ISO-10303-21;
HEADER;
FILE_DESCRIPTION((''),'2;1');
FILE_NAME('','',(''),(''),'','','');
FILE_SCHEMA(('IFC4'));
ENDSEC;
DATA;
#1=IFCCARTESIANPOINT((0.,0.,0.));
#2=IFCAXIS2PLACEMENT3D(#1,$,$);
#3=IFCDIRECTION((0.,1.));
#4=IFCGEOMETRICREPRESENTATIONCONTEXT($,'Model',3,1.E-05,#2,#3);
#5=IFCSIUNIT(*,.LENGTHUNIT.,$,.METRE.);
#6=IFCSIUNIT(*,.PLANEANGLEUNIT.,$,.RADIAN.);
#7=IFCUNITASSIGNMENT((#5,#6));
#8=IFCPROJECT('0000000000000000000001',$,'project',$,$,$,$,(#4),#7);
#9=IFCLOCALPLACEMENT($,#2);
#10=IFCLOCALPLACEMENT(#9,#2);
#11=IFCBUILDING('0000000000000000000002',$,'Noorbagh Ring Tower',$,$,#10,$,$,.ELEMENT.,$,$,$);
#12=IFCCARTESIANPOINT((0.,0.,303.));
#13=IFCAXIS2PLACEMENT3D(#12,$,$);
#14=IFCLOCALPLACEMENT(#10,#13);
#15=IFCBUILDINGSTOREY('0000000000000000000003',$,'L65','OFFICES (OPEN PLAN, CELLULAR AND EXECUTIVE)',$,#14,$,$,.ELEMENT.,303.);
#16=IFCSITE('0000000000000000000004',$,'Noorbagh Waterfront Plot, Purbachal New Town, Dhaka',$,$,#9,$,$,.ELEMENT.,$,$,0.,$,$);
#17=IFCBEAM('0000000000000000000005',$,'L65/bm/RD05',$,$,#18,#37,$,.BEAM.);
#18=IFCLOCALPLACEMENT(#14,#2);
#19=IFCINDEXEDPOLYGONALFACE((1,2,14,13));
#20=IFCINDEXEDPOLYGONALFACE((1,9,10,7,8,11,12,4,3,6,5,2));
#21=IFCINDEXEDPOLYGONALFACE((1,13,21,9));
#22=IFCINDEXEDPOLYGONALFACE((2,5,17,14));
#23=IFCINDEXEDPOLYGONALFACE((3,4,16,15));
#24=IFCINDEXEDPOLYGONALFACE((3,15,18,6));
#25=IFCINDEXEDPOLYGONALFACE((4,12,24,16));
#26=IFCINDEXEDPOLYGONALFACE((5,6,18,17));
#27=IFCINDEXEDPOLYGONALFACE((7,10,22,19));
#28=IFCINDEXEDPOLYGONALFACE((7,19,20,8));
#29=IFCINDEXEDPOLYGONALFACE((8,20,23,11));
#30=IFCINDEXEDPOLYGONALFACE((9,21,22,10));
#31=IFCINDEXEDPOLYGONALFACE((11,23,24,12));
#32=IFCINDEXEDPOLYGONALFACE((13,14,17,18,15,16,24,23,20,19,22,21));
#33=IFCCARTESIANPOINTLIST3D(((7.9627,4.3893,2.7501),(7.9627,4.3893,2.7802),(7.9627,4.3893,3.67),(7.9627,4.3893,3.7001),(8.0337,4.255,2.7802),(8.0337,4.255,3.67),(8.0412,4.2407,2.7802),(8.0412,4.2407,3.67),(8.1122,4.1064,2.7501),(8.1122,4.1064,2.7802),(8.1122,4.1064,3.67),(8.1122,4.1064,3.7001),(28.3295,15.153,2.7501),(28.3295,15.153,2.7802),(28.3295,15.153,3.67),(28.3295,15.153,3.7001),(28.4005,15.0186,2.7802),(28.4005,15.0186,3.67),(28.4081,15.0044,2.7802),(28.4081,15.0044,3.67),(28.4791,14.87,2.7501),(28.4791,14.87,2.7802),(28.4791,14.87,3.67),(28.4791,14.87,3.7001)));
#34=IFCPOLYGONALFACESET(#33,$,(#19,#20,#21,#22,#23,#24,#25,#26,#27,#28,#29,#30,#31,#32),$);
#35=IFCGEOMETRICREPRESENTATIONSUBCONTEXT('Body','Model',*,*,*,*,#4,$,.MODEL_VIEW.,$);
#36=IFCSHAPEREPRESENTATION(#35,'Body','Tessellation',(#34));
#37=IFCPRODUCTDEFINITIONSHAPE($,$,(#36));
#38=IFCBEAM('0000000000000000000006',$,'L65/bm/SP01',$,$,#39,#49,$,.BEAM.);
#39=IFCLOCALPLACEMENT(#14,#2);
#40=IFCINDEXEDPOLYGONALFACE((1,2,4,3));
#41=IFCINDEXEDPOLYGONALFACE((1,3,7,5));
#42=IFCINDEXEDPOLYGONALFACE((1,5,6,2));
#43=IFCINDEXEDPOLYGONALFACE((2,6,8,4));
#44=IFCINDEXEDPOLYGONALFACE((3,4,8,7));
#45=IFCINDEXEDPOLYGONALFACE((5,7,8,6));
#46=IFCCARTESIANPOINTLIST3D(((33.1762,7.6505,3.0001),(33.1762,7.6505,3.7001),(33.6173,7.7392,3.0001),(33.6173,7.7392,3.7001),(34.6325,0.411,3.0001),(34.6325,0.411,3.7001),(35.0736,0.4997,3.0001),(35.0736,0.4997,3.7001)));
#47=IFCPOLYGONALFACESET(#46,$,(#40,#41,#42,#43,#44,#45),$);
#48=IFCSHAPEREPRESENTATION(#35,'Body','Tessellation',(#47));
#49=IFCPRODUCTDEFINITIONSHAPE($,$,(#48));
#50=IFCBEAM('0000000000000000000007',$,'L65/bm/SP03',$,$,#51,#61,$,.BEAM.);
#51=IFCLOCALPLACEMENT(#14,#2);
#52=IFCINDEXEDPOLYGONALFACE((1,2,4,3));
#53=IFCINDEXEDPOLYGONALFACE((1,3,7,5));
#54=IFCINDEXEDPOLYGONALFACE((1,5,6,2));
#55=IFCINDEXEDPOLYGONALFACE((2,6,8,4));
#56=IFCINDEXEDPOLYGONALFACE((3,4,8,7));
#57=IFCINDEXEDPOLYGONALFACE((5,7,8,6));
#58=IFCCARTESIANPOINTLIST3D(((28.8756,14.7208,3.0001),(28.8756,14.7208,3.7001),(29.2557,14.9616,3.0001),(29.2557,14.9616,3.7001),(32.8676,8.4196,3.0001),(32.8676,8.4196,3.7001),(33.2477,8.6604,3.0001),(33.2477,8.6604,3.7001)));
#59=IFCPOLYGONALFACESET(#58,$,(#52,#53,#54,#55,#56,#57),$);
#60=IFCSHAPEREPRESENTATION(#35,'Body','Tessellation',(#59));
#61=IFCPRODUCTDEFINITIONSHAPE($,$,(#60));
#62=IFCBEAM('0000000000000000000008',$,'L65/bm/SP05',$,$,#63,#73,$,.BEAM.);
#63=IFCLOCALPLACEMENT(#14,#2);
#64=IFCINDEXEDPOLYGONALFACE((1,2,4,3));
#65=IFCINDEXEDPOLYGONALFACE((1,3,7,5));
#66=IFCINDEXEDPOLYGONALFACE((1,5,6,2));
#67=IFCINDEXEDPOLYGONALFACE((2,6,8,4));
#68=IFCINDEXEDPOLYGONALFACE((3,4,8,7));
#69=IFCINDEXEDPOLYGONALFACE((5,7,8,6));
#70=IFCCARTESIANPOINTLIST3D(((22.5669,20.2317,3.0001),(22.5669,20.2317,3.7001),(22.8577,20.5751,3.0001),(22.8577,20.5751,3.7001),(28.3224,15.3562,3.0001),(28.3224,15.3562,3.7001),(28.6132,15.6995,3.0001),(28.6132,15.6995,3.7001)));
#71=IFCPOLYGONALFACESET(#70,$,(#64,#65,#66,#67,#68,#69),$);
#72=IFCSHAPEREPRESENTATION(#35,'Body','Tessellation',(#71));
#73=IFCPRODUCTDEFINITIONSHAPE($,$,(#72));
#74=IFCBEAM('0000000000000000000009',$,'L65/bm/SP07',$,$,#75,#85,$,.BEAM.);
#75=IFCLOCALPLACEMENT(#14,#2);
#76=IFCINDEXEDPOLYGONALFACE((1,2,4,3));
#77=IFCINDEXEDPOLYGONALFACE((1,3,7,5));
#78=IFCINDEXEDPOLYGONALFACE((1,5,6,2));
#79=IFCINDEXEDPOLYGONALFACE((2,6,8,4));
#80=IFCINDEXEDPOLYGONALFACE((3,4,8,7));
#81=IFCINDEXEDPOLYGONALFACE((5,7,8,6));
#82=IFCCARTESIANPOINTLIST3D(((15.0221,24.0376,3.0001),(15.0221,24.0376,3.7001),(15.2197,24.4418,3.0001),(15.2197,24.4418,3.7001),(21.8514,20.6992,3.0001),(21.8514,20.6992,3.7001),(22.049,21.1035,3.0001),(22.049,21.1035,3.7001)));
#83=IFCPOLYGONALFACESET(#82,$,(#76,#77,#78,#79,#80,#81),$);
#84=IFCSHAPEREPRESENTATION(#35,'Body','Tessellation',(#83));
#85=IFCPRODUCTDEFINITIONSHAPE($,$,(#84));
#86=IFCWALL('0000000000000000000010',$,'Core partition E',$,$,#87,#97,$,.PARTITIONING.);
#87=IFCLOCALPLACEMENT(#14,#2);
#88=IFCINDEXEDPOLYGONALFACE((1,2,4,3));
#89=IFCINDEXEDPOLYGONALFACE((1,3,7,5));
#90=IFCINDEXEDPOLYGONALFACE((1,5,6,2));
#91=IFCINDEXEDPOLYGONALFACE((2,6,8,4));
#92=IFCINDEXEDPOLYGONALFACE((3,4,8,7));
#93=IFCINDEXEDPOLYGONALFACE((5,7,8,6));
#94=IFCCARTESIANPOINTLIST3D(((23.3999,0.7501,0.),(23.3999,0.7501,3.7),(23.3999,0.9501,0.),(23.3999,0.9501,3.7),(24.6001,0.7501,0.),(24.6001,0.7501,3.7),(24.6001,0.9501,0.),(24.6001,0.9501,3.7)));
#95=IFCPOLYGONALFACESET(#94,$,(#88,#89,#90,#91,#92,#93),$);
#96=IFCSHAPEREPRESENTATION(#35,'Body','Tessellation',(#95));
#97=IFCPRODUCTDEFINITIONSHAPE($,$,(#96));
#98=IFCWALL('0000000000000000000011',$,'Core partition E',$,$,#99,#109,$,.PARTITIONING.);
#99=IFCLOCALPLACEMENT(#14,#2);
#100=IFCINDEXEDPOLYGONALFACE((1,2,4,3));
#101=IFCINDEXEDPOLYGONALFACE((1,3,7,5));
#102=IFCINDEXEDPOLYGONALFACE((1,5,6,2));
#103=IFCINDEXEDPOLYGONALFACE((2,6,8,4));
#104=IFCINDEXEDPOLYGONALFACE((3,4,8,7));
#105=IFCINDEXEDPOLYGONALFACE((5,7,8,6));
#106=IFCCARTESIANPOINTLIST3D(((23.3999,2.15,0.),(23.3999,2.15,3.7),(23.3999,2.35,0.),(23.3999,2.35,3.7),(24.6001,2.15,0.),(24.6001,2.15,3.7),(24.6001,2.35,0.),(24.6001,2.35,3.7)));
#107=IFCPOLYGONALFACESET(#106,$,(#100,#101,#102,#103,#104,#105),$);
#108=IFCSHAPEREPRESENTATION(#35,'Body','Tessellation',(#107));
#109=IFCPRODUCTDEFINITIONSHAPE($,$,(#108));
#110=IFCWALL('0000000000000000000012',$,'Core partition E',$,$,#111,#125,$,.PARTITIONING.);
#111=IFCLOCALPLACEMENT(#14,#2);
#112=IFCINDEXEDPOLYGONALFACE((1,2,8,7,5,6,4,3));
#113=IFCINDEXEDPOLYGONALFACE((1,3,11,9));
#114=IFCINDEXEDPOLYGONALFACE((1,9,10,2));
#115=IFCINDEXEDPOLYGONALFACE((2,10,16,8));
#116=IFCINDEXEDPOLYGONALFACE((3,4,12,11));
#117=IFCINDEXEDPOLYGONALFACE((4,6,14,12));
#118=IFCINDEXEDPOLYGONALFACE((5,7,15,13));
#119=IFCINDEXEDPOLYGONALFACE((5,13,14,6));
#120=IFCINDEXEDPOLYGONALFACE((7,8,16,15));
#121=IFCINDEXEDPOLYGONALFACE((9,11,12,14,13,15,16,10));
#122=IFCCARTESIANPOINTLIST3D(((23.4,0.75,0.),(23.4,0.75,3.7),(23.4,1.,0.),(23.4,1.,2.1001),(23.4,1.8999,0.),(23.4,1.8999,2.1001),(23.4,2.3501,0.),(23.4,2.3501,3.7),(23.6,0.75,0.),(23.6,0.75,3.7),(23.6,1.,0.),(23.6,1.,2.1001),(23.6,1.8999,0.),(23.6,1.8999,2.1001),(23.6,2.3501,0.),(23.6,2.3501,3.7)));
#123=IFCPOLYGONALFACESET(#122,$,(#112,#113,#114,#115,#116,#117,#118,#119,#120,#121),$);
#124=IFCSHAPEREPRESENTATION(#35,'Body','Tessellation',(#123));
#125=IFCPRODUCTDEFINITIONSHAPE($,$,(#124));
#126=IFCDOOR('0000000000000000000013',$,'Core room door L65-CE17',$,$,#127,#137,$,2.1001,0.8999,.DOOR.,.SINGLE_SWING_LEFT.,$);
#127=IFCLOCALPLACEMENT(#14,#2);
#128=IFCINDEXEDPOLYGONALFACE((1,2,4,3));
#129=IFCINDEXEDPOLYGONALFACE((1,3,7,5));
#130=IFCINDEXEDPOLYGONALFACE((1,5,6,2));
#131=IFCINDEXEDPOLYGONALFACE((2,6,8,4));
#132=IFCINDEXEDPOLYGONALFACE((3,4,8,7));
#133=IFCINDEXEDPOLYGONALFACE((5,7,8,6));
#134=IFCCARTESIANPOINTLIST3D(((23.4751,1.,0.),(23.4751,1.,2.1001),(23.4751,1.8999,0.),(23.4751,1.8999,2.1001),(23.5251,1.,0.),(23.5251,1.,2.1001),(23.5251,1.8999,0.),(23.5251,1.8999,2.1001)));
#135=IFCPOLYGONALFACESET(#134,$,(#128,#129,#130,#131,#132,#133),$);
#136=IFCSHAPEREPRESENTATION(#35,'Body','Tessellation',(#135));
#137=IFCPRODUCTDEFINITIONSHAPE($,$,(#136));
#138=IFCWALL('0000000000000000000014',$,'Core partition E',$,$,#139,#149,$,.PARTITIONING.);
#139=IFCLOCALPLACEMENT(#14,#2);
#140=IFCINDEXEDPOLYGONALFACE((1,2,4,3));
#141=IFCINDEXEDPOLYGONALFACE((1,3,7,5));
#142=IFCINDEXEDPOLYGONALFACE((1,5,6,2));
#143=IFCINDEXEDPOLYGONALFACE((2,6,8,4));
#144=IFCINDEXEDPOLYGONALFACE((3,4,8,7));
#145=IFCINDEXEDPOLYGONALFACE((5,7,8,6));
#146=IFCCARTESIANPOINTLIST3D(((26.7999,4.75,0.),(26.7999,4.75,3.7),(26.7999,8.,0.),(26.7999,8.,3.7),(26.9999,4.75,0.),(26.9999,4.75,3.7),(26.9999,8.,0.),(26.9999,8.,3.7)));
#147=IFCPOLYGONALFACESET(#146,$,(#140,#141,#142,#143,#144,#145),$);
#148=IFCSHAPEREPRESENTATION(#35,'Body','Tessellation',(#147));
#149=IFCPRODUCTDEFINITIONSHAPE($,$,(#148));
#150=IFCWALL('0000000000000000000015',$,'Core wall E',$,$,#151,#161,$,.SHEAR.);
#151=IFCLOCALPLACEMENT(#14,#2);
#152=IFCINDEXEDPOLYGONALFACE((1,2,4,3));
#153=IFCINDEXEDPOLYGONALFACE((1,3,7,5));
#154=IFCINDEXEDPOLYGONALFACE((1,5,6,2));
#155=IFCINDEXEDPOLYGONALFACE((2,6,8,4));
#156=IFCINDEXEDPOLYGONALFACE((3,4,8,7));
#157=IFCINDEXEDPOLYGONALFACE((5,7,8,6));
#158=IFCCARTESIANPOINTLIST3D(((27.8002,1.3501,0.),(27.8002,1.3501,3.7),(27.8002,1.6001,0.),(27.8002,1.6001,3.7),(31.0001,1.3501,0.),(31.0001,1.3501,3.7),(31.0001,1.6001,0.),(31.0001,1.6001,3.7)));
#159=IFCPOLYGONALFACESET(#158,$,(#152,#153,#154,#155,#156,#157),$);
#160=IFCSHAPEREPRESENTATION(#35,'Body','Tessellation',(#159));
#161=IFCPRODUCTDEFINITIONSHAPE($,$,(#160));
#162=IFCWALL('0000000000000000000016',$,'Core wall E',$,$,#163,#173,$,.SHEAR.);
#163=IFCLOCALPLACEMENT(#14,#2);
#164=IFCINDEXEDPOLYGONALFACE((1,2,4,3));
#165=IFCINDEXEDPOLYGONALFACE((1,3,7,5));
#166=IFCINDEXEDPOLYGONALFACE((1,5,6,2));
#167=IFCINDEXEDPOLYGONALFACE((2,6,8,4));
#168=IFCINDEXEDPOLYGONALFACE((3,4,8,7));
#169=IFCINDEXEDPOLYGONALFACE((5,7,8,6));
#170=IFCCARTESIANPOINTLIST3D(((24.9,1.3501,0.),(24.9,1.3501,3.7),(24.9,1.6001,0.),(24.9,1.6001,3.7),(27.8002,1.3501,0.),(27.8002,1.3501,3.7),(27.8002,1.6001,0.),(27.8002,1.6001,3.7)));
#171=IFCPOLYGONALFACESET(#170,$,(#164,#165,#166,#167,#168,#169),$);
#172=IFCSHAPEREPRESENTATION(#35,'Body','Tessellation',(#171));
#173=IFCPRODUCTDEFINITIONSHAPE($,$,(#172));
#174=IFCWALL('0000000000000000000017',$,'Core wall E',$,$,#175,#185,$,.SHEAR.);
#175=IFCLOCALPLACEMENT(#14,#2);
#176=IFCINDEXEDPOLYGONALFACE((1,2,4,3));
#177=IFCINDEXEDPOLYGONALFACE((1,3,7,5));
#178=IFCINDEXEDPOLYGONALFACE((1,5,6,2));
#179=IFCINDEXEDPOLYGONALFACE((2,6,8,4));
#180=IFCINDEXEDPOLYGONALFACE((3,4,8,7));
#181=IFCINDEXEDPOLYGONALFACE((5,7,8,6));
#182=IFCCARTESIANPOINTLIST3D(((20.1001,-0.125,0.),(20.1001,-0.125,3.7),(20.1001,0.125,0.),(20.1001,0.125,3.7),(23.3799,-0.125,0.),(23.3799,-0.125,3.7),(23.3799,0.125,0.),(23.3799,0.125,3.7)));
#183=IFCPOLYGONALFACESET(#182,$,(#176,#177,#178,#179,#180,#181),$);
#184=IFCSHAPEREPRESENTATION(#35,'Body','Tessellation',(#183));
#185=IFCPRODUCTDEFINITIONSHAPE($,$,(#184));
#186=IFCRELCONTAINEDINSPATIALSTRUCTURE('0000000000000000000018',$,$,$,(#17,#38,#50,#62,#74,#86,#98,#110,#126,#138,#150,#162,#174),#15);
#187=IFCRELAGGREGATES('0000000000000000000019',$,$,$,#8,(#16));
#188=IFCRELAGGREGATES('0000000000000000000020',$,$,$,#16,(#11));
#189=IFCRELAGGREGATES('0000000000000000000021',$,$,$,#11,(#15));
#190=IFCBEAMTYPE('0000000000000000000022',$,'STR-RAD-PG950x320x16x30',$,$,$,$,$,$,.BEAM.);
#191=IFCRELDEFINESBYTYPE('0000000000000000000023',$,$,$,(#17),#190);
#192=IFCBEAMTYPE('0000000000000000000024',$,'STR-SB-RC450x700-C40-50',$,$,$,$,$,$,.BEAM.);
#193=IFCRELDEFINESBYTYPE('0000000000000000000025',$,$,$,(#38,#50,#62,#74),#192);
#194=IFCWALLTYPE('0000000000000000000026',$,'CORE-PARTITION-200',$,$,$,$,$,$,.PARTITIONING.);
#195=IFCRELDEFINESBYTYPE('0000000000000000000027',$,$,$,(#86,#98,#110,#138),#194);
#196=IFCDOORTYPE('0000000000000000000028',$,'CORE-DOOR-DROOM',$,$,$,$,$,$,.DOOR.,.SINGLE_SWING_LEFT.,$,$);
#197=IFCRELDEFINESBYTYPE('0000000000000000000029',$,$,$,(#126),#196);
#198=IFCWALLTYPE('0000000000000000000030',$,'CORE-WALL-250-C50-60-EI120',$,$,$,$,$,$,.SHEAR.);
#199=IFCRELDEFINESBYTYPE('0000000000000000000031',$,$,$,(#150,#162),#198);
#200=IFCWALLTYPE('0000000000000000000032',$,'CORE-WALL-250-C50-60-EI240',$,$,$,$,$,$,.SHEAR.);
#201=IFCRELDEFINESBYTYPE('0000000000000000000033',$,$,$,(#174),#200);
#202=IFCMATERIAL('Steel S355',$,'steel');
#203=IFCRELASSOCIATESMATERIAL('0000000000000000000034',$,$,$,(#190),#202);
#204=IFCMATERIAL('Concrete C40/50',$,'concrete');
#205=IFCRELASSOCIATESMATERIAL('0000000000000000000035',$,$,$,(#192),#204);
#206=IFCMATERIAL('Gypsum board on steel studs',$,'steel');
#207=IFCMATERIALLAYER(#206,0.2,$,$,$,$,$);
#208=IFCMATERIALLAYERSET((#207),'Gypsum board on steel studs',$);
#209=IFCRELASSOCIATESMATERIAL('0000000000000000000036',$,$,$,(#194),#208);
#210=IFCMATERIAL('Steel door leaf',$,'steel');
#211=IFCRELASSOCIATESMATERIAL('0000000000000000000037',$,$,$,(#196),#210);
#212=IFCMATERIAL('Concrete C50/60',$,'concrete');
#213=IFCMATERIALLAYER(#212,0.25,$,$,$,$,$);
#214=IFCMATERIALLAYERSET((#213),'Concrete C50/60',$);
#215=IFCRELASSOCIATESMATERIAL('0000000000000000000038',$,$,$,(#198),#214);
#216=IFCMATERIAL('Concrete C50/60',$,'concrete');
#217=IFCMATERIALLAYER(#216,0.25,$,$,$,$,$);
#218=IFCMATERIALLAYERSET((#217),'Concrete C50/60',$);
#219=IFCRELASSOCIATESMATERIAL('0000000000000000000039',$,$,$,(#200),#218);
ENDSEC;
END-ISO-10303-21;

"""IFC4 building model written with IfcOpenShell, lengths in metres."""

from ifc_helpers import new_model, si_unit, direction, frame, frame_2d, origin, origin_2d, place, context, subcontext, project, spatial, rectangle, i_section, extrude, material, layer, layer_set, material_profile, profile_set, type_object, element, fill, save


model = new_model("IFC4")

# Units and contexts
model_context = context("Model", 3, precision=1e-05, world=origin(), true_north=direction((0.0, 1.0)))
body_context = subcontext(model_context, "Body", "Model", "MODEL_VIEW")
ifc_project = project(units=[si_unit("LENGTHUNIT", "METRE"), si_unit("PLANEANGLEUNIT", "RADIAN")], contexts=[model_context])

# Site, building, storey
site_placement = place(None, origin())
site = spatial("IfcSite", under=ifc_project, at=site_placement, Name="Noorbagh Waterfront Plot, Purbachal New Town, Dhaka", CompositionType="ELEMENT", RefElevation=0.0)
building_placement = place(site_placement, origin())
building = spatial("IfcBuilding", under=site, at=building_placement, Name="Noorbagh Ring Tower", CompositionType="ELEMENT")
storey_placement = place(building_placement, frame((0.0, 0.0, 303.0)))
storey = spatial("IfcBuildingStorey", under=building, at=storey_placement, Name="L65", Description="OFFICES (OPEN PLAN, CELLULAR AND EXECUTIVE)", CompositionType="ELEMENT", Elevation=303.0)

# Beams
ifc_material_1 = material(Name="Steel S355", Category="steel")
ifc_material_profile_1 = material_profile(ifc_material_1, i_section(OverallWidth=0.3201, OverallDepth=0.95, WebThickness=0.0161, FlangeThickness=0.03, at=origin_2d()), Name="PG950x320x16x30")
ifc_profile_set_1 = profile_set([ifc_material_profile_1], Name="Steel S355")
beam_type_1 = type_object("IfcBeamType", Name="STR-RAD-PG950x320x16x30", PredefinedType="BEAM", material=ifc_profile_set_1)
beam_1_placement = place(storey_placement, frame((28.4043, 15.0115, 3.2251), z_axis=(-0.884126, -0.467249, 0.0), x_axis=(0.467249, -0.884126, 0.0)))
element("IfcBeam", 1, at=beam_1_placement, inside=storey, type_object=beam_type_1, Name="L65/bm/RD05", PredefinedType="BEAM", context=body_context, shape_type="SweptSolid", body=[
    extrude(i_section(OverallWidth=0.3201, OverallDepth=0.95, WebThickness=0.0161, FlangeThickness=0.03, at=origin_2d()), origin(), (0.0, 0.0, 1.0), 23.0361),
])
ifc_material_2 = material(Name="Concrete C40/50", Category="concrete")
ifc_material_profile_2 = material_profile(ifc_material_2, rectangle(XDim=0.45, YDim=0.7, at=origin_2d()), Name="RC450x700")
ifc_profile_set_2 = profile_set([ifc_material_profile_2], Name="Concrete C40/50")
beam_type_2 = type_object("IfcBeamType", Name="STR-SB-RC450x700-C40-50", PredefinedType="BEAM", material=ifc_profile_set_2)
beam_2_placement = place(storey_placement, frame((34.853, 0.4553, 3.3501), z_axis=(-0.19721, 0.980361, 0.0), x_axis=(-0.980361, -0.19721, 0.0)))
element("IfcBeam", 2, at=beam_2_placement, inside=storey, type_object=beam_type_2, Name="L65/bm/SP01", PredefinedType="BEAM", context=body_context, shape_type="SweptSolid", body=[
    extrude(rectangle(XDim=0.45, YDim=0.7, at=origin_2d()), origin(), (0.0, 0.0, 1.0), 7.3845),
])
beam_3_placement = place(storey_placement, frame((33.0576, 8.54, 3.3501), z_axis=(-0.535176, 0.844741, 0.0), x_axis=(-0.844741, -0.535176, 0.0)))
element("IfcBeam", 3, at=beam_3_placement, inside=storey, type_object=beam_type_2, Name="L65/bm/SP03", PredefinedType="BEAM", context=body_context, shape_type="SweptSolid", body=[
    extrude(rectangle(XDim=0.45, YDim=0.7, at=origin_2d()), origin(), (0.0, 0.0, 1.0), 7.4592),
])
beam_4_placement = place(storey_placement, frame((28.4678, 15.5278, 3.3501), z_axis=(-0.763023, 0.646372, 0.0), x_axis=(-0.646372, -0.763023, 0.0)))
element("IfcBeam", 4, at=beam_4_placement, inside=storey, type_object=beam_type_2, Name="L65/bm/SP05", PredefinedType="BEAM", context=body_context, shape_type="SweptSolid", body=[
    extrude(rectangle(XDim=0.45, YDim=0.7, at=origin_2d()), origin(), (0.0, 0.0, 1.0), 7.543),
])
beam_5_placement = place(storey_placement, frame((21.9502, 20.9014, 3.3501), z_axis=(-0.898406, 0.439166, 0.0), x_axis=(-0.439166, -0.898406, 0.0)))
element("IfcBeam", 5, at=beam_5_placement, inside=storey, type_object=beam_type_2, Name="L65/bm/SP07", PredefinedType="BEAM", context=body_context, shape_type="SweptSolid", body=[
    extrude(rectangle(XDim=0.45, YDim=0.7, at=origin_2d()), origin(), (0.0, 0.0, 1.0), 7.6016),
])

# Walls
ifc_material_3 = material(Name="Gypsum board on steel studs", Category="steel")
ifc_layer_1 = layer(ifc_material_3, 0.2)
ifc_layer_set_1 = layer_set([ifc_layer_1], Name="Gypsum board on steel studs")
wall_type_1 = type_object("IfcWallType", Name="CORE-PARTITION-200", PredefinedType="PARTITIONING", material=ifc_layer_set_1)
for number, where, z_axis, x_axis, name in (
    (6, (23.3999, 0.8501, 0.0), (0.0, 0.0, 1.0), (1.0, 0.0, 0.0), "Core partition E"),
    (7, (23.3999, 2.25, 0.0), (0.0, 0.0, 1.0), (1.0, 0.0, 0.0), "Core partition E"),
):
    element("IfcWall", number, at=place(storey_placement, frame(where, z_axis=z_axis, x_axis=x_axis)), inside=storey, type_object=wall_type_1, Name=name, PredefinedType="PARTITIONING", context=body_context, shape_type="SweptSolid", body=[
        extrude(rectangle(XDim=1.2002, YDim=0.2, at=frame_2d((0.6001, 0.0))), origin(), (0.0, 0.0, 1.0), 3.7),
    ])

# Wall, opening, door
wall_1_placement = place(storey_placement, frame((23.5, 0.75, 0.0), z_axis=(0.0, 0.0, 1.0), x_axis=(0.0, 1.0, 0.0)))
wall_1 = element("IfcWall", 8, at=wall_1_placement, inside=storey, type_object=wall_type_1, Name="Core partition E", PredefinedType="PARTITIONING", context=body_context, shape_type="SweptSolid", body=[
    extrude(rectangle(XDim=1.6001, YDim=0.2, at=frame_2d((0.8, 0.0))), origin(), (0.0, 0.0, 1.0), 3.7),
])
opening_1_placement = place(wall_1_placement, frame((0.25, 0.0, 0.0)))
opening_1 = element("IfcOpeningElement", 9, at=opening_1_placement, cuts=wall_1, PredefinedType="OPENING", context=body_context, shape_type="SweptSolid", body=[
    extrude(rectangle(XDim=0.8999, YDim=2.1001, at=frame_2d((0.45, 1.05))), frame((0.0, 0.1099, 0.0), z_axis=(0.0, -1.0, 0.0), x_axis=(1.0, 0.0, 0.0)), (0.0, 0.0, 1.0), 0.22),
])
ifc_material_4 = material(Name="Steel door leaf", Category="steel")
door_type_1 = type_object("IfcDoorType", Name="CORE-DOOR-DROOM", OperationType="SINGLE_SWING_LEFT", PredefinedType="DOOR", material=ifc_material_4)
door_1_placement = place(opening_1_placement, origin())
door_1 = element("IfcDoor", 10, at=door_1_placement, inside=storey, type_object=door_type_1, Name="Core room door L65-CE17", OperationType="SINGLE_SWING_LEFT", OverallHeight=2.1001, OverallWidth=0.8999, PredefinedType="DOOR", context=body_context, shape_type="SweptSolid", body=[
    extrude(rectangle(XDim=0.8999, YDim=2.1001, at=frame_2d((0.45, 1.05))), frame((0.0, 0.0249, 0.0), z_axis=(0.0, -1.0, 0.0), x_axis=(1.0, 0.0, 0.0)), (0.0, 0.0, 1.0), 0.05),
])
fill(opening_1, door_1)

# Walls
wall_2_placement = place(storey_placement, frame((26.8999, 4.75, 0.0), z_axis=(0.0, 0.0, 1.0), x_axis=(0.0, 1.0, 0.0)))
element("IfcWall", 11, at=wall_2_placement, inside=storey, type_object=wall_type_1, Name="Core partition E", PredefinedType="PARTITIONING", context=body_context, shape_type="SweptSolid", body=[
    extrude(rectangle(XDim=3.25, YDim=0.2, at=frame_2d((1.625, 0.0))), origin(), (0.0, 0.0, 1.0), 3.7),
])
ifc_material_5 = material(Name="Concrete C50/60", Category="concrete")
ifc_layer_2 = layer(ifc_material_5, 0.25)
ifc_layer_set_2 = layer_set([ifc_layer_2], Name="Concrete C50/60")
wall_type_2 = type_object("IfcWallType", Name="CORE-WALL-250-C50-60-EI120", PredefinedType="SHEAR", material=ifc_layer_set_2)
wall_3_placement = place(storey_placement, frame((27.8, 1.4751, 0.0), z_axis=(0.0, 0.0, 1.0), x_axis=(1.0, 0.0, 0.0)))
element("IfcWall", 12, at=wall_3_placement, inside=storey, type_object=wall_type_2, Name="Core wall E", PredefinedType="SHEAR", context=body_context, shape_type="SweptSolid", body=[
    extrude(rectangle(XDim=3.2, YDim=0.25, at=frame_2d((1.6001, 0.0))), origin(), (0.0, 0.0, 1.0), 3.7),
])
wall_4_placement = place(storey_placement, frame((24.8999, 1.4751, 0.0), z_axis=(0.0, 0.0, 1.0), x_axis=(1.0, 0.0, 0.0)))
element("IfcWall", 13, at=wall_4_placement, inside=storey, type_object=wall_type_2, Name="Core wall E", PredefinedType="SHEAR", context=body_context, shape_type="SweptSolid", body=[
    extrude(rectangle(XDim=2.9001, YDim=0.25, at=frame_2d((1.4502, 0.0))), origin(), (0.0, 0.0, 1.0), 3.7),
])
ifc_material_6 = material(Name="Concrete C50/60", Category="concrete")
ifc_layer_3 = layer(ifc_material_6, 0.25)
ifc_layer_set_3 = layer_set([ifc_layer_3], Name="Concrete C50/60")
wall_type_3 = type_object("IfcWallType", Name="CORE-WALL-250-C50-60-EI240", PredefinedType="SHEAR", material=ifc_layer_set_3)
wall_5_placement = place(storey_placement, frame((20.1001, 0.0, 0.0), z_axis=(0.0, 0.0, 1.0), x_axis=(1.0, 0.0, 0.0)))
element("IfcWall", 14, at=wall_5_placement, inside=storey, type_object=wall_type_3, Name="Core wall E", PredefinedType="SHEAR", context=body_context, shape_type="SweptSolid", body=[
    extrude(rectangle(XDim=3.2798, YDim=0.25, at=frame_2d((1.6399, 0.0))), origin(), (0.0, 0.0, 1.0), 3.7),
])

save(model, "model.ifc")
